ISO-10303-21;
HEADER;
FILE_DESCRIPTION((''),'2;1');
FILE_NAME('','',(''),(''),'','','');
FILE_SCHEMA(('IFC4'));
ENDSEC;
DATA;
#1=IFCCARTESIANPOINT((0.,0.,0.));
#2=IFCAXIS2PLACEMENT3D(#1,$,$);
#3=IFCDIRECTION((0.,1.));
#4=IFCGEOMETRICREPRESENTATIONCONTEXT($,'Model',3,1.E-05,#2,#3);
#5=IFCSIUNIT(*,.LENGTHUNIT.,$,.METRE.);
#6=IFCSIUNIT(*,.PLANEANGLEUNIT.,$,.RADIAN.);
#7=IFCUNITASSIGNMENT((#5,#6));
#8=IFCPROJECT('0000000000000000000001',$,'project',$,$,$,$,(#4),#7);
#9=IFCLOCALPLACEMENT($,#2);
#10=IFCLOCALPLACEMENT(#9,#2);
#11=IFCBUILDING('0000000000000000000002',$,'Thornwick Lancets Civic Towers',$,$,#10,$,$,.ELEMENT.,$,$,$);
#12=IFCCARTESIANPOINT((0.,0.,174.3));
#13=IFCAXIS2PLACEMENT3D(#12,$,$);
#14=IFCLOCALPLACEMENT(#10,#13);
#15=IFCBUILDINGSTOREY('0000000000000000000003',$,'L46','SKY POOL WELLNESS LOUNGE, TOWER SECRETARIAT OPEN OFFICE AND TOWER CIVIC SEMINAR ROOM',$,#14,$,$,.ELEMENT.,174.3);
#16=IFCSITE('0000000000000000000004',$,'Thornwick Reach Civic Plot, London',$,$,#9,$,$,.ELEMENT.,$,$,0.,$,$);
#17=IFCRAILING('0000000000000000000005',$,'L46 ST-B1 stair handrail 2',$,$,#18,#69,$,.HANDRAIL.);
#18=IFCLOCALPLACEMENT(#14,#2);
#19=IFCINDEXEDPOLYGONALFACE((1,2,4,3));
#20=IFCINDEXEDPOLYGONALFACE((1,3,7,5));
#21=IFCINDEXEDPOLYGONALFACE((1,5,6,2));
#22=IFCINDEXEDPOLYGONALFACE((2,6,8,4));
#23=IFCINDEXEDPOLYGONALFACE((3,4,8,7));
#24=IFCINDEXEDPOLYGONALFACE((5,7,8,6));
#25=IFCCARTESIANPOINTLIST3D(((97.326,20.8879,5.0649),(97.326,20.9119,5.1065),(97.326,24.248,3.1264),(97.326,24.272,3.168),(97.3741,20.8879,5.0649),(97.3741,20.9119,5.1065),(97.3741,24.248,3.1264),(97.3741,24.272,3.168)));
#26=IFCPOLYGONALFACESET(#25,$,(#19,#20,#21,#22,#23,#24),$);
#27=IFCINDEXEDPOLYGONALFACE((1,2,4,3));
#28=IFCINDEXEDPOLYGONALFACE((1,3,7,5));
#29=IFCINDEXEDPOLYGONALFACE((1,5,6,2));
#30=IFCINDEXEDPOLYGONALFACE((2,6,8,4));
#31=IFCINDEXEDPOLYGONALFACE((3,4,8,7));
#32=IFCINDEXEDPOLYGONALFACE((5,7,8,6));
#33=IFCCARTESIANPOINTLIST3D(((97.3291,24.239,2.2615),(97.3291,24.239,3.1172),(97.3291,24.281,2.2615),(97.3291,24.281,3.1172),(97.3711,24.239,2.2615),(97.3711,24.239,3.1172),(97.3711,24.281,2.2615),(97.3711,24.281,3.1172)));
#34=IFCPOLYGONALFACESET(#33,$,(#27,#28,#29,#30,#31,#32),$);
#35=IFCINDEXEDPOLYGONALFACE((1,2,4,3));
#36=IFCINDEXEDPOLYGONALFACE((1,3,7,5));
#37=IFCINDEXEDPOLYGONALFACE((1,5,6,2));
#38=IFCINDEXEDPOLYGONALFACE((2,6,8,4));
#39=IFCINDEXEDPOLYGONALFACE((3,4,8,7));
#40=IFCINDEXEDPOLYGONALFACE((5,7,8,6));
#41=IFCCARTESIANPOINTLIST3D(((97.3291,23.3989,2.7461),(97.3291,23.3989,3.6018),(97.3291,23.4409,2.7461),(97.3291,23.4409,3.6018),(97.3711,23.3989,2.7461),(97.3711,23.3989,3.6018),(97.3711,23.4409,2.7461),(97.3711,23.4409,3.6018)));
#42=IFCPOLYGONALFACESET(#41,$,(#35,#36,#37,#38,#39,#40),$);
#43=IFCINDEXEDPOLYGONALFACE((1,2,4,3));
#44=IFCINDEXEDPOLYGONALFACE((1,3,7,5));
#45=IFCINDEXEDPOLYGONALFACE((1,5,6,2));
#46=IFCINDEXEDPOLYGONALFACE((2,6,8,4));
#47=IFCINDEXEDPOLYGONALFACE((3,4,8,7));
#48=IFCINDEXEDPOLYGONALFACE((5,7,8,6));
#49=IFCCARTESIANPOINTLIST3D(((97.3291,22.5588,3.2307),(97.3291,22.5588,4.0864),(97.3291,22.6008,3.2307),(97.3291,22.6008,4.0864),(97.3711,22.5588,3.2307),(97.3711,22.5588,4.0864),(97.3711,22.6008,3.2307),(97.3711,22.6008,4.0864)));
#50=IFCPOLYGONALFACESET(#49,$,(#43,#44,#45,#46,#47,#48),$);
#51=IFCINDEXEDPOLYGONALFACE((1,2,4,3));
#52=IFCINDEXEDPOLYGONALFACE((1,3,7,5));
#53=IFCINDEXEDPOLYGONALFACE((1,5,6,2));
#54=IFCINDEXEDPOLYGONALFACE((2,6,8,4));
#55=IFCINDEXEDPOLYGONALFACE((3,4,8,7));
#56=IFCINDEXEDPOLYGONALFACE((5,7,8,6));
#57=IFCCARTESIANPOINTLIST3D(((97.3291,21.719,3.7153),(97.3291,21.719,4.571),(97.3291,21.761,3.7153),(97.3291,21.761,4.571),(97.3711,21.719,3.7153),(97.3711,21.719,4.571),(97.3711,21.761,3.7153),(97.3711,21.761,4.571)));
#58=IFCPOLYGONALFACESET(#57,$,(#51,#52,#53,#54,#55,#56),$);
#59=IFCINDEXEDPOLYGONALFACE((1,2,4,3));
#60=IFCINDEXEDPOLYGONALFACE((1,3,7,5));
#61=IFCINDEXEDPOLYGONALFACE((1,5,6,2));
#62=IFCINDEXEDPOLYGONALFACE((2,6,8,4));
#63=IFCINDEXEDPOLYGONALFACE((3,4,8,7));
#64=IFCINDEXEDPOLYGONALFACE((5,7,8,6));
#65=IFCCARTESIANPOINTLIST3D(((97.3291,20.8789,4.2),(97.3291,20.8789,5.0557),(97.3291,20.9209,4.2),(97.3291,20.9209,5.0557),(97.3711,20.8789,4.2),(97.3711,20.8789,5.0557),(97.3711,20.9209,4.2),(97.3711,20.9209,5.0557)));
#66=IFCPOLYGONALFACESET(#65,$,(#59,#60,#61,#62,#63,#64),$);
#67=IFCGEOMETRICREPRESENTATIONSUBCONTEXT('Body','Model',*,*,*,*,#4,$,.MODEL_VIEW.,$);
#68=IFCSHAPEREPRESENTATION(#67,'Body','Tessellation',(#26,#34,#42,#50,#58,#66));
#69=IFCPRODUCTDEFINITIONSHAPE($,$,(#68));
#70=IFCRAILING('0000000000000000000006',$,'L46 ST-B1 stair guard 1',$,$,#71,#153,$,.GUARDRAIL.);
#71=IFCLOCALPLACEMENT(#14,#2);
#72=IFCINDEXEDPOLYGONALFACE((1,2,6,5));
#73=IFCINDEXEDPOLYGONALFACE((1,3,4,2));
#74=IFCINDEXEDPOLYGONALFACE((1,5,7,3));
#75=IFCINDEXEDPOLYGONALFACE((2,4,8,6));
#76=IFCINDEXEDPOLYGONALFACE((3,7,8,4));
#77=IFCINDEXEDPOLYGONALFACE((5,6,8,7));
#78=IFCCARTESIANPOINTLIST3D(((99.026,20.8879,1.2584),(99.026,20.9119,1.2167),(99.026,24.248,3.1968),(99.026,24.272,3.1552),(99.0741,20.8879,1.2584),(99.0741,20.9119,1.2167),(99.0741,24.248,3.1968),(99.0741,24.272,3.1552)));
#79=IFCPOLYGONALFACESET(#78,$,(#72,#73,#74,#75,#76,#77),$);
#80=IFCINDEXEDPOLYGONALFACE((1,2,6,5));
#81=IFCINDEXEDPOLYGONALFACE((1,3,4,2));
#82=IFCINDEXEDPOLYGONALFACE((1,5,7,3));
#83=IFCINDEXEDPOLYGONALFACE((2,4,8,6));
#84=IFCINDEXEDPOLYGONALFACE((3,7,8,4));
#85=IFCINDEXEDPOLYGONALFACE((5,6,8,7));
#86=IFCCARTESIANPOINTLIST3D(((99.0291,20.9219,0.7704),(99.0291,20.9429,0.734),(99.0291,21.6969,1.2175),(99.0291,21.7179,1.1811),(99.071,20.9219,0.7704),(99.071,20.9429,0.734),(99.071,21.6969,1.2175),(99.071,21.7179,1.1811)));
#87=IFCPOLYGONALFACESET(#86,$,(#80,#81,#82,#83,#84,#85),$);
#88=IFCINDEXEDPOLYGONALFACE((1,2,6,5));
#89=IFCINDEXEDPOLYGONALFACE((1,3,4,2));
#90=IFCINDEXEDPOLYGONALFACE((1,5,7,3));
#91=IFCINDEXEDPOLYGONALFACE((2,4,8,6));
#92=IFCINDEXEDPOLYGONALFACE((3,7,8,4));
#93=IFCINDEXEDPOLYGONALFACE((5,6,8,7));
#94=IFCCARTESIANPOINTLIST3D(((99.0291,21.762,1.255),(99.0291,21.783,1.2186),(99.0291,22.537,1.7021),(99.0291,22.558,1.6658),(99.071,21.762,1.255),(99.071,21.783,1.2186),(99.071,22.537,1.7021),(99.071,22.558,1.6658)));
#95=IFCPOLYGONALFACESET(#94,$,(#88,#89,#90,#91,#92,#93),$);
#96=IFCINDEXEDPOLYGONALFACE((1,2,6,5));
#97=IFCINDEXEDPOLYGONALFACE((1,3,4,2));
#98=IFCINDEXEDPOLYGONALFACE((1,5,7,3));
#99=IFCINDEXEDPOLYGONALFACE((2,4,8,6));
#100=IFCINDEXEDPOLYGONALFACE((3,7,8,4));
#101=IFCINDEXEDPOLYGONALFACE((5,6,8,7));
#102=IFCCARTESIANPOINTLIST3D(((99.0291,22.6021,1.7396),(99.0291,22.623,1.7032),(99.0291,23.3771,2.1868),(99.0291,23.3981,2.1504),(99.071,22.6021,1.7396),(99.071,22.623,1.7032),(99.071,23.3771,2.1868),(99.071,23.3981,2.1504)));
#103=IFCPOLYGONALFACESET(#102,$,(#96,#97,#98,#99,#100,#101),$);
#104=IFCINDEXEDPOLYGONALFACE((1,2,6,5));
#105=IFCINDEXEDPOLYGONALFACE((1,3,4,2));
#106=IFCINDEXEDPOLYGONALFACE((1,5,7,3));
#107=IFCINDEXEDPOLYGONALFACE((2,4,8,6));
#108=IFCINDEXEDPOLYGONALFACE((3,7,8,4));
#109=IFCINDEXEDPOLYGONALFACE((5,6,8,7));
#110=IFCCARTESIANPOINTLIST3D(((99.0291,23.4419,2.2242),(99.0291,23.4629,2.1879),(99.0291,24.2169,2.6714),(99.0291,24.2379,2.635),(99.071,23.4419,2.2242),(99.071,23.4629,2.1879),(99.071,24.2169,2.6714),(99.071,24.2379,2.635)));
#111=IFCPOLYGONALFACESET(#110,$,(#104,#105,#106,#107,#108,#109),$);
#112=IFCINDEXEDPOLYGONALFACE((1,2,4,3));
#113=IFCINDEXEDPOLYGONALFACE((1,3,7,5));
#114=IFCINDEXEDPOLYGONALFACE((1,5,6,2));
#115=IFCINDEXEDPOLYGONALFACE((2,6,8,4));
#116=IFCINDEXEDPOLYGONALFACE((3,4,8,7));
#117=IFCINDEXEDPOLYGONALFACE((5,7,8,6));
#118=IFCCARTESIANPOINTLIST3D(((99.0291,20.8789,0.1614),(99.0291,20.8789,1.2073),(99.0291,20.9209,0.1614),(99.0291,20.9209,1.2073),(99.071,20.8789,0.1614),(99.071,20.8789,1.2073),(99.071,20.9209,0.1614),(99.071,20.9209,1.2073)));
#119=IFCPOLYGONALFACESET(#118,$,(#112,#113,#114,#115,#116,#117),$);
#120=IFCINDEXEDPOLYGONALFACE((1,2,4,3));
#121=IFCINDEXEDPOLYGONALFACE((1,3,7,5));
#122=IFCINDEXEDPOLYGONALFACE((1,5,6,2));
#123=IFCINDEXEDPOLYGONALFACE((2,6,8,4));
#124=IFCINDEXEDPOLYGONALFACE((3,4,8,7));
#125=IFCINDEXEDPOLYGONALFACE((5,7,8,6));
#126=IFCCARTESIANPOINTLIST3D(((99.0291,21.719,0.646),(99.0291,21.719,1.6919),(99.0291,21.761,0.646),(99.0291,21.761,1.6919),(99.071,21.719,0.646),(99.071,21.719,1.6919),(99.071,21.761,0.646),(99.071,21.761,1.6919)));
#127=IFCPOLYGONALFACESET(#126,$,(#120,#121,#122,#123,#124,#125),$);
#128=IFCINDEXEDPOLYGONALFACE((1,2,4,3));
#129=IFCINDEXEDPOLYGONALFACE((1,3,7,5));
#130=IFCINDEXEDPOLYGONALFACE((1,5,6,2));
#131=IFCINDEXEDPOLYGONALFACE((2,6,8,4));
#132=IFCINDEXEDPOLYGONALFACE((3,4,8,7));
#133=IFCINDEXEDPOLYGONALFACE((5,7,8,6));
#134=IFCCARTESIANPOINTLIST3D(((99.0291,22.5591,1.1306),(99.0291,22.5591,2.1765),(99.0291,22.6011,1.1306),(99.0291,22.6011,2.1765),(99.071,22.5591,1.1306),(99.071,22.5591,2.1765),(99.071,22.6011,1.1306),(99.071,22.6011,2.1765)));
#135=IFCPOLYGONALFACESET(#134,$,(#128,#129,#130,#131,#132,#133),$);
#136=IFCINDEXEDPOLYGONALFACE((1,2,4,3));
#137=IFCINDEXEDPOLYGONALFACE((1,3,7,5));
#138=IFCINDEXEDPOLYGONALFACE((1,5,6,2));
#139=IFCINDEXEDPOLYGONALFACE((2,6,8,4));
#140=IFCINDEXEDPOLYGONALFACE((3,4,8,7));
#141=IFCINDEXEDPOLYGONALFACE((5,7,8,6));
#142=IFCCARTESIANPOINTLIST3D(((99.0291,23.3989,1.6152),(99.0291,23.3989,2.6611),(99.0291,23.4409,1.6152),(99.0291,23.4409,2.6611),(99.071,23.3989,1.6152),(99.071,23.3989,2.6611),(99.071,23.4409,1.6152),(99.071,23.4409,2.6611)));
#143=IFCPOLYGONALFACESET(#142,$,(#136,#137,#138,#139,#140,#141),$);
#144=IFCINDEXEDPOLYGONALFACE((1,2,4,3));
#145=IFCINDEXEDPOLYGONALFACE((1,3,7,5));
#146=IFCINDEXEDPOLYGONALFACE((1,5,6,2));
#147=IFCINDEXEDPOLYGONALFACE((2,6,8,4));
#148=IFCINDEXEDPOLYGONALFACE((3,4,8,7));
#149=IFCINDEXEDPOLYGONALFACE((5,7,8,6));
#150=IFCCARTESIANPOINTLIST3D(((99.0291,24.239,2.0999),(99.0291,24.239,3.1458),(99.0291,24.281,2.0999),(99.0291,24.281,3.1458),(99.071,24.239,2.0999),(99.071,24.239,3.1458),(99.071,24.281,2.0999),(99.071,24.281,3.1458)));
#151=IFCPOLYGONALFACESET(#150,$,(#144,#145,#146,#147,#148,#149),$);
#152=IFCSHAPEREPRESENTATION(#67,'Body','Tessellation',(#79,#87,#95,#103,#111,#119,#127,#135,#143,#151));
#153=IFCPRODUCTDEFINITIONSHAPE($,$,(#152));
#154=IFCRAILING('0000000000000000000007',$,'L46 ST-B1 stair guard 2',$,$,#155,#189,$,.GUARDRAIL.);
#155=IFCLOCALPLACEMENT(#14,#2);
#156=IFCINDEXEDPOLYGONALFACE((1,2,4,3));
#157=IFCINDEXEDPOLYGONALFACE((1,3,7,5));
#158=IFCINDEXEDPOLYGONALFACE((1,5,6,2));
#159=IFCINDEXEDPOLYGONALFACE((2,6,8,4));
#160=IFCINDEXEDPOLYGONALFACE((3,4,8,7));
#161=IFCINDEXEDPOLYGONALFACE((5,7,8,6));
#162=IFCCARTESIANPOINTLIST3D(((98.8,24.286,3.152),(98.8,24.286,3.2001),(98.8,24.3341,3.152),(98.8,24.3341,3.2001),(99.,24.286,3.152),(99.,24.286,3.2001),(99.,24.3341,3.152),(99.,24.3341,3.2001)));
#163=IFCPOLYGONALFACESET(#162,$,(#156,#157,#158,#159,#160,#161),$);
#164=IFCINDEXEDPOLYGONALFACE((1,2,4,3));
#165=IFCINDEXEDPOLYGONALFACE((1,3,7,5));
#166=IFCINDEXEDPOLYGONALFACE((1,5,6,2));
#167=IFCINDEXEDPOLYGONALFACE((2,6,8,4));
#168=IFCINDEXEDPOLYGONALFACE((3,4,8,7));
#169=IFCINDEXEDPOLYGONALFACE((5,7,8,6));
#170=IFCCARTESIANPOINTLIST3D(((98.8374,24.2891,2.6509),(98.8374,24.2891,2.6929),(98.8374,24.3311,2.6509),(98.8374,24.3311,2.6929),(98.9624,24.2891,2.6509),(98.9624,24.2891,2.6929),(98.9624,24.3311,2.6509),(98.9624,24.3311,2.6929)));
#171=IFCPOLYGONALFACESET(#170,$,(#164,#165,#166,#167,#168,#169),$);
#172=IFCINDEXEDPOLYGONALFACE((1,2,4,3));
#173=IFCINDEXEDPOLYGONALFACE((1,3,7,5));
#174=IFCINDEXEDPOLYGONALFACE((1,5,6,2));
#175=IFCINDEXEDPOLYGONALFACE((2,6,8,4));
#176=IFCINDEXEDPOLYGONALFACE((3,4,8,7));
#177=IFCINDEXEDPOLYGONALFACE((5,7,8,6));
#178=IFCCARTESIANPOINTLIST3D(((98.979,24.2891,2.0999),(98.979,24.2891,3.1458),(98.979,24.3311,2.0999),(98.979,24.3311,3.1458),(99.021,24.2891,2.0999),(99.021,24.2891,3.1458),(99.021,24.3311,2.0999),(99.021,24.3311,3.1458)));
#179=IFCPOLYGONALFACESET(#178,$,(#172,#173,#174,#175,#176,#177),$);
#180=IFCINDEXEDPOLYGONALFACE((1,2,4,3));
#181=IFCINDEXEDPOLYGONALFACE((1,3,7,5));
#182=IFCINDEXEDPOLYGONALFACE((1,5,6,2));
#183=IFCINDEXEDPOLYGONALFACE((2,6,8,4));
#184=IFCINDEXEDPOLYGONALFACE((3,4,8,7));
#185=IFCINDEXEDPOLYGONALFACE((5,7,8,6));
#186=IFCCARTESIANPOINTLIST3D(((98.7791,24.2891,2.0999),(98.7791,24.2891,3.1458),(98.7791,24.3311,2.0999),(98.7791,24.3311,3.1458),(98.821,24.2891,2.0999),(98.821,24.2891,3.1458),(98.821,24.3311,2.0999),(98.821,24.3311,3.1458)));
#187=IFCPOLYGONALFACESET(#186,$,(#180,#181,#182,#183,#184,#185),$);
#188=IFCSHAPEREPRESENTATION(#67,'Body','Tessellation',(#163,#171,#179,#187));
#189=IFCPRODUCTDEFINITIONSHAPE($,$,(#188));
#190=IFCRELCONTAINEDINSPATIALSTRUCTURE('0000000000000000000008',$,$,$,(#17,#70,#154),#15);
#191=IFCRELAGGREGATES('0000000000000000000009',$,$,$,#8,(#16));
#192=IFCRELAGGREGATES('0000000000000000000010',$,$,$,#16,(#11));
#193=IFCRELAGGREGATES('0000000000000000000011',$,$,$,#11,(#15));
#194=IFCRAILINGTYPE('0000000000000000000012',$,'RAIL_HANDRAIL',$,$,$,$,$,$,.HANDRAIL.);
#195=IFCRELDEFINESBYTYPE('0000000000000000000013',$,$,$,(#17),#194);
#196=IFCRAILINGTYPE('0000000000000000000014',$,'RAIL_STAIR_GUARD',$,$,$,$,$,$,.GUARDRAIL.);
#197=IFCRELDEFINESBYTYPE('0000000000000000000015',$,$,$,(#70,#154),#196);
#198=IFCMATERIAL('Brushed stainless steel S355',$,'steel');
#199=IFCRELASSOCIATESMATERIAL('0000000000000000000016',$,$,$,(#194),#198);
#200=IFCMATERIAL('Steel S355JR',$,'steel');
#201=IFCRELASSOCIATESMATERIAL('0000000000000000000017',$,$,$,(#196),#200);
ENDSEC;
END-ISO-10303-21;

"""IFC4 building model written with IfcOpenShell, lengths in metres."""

from ifc_helpers import new_model, si_unit, direction, frame, origin, origin_2d, place, context, subcontext, project, spatial, rectangle, extrude, material, type_object, element, save


model = new_model("IFC4")

# Units and contexts
model_context = context("Model", 3, precision=1e-05, world=origin(), true_north=direction((0.0, 1.0)))
body_context = subcontext(model_context, "Body", "Model", "MODEL_VIEW")
ifc_project = project(units=[si_unit("LENGTHUNIT", "METRE"), si_unit("PLANEANGLEUNIT", "RADIAN")], contexts=[model_context])

# Site, building, storey
site_placement = place(None, origin())
site = spatial("IfcSite", under=ifc_project, at=site_placement, Name="Thornwick Reach Civic Plot, London", CompositionType="ELEMENT", RefElevation=0.0)
building_placement = place(site_placement, origin())
building = spatial("IfcBuilding", under=site, at=building_placement, Name="Thornwick Lancets Civic Towers", CompositionType="ELEMENT")
storey_placement = place(building_placement, frame((0.0, 0.0, 174.3)))
storey = spatial("IfcBuildingStorey", under=building, at=storey_placement, Name="L46", Description="SKY POOL WELLNESS LOUNGE, TOWER SECRETARIAT OPEN OFFICE AND TOWER CIVIC SEMINAR ROOM", CompositionType="ELEMENT", Elevation=174.3)

# Shared definitions
ifc_material_1 = material(Name="Steel S355JR", Category="steel")

# Railings
ifc_material_2 = material(Name="Brushed stainless steel S355", Category="steel")
railing_type_1 = type_object("IfcRailingType", Name="RAIL_HANDRAIL", PredefinedType="HANDRAIL", material=ifc_material_2)
railing_1_placement = place(storey_placement, frame((97.3501, 24.26, 2.2615)))
element("IfcRailing", 1, at=railing_1_placement, inside=storey, type_object=railing_type_1, Name="L46 ST-B1 stair handrail 2", PredefinedType="HANDRAIL", context=body_context, shape_type="SweptSolid", body=[
    extrude(rectangle(XDim=0.0481, YDim=0.0481, at=origin_2d()), frame((0.0, 0.0, 0.8857), z_axis=(0.0, -0.866191, 0.499713), x_axis=(1.0, 0.0, 0.0)), (0.0, 0.0, 1.0), 3.8792),
    extrude(rectangle(XDim=0.042, YDim=0.042, at=origin_2d()), origin(), (0.0, 0.0, 1.0), 0.8557),
    extrude(rectangle(XDim=0.042, YDim=0.042, at=origin_2d()), frame((0.0, -0.8401, 0.4846)), (0.0, 0.0, 1.0), 0.8557),
    extrude(rectangle(XDim=0.042, YDim=0.042, at=origin_2d()), frame((0.0, -1.6802, 0.9692)), (0.0, 0.0, 1.0), 0.8557),
    extrude(rectangle(XDim=0.042, YDim=0.042, at=origin_2d()), frame((0.0, -2.52, 1.4539)), (0.0, 0.0, 1.0), 0.8557),
    extrude(rectangle(XDim=0.042, YDim=0.042, at=origin_2d()), frame((0.0, -3.3601, 1.9385)), (0.0, 0.0, 1.0), 0.8557),
])
railing_type_2 = type_object("IfcRailingType", Name="RAIL_STAIR_GUARD", PredefinedType="GUARDRAIL", material=ifc_material_1)
railing_2_placement = place(storey_placement, frame((99.05, 20.8999, 0.1614)))
element("IfcRailing", 2, at=railing_2_placement, inside=storey, type_object=railing_type_2, Name="L46 ST-B1 stair guard 1", PredefinedType="GUARDRAIL", context=body_context, shape_type="SweptSolid", body=[
    extrude(rectangle(XDim=0.0481, YDim=0.0481, at=origin_2d()), frame((0.0, 0.0, 1.0762), z_axis=(0.0, 0.866191, 0.499713), x_axis=(-1.0, 0.0, 0.0)), (0.0, 0.0, 1.0), 3.8792),
    extrude(rectangle(XDim=0.042, YDim=0.042, at=origin_2d()), frame((0.0, 0.0325, 0.5908), z_axis=(0.0, 0.866191, 0.499713), x_axis=(-1.0, 0.0, 0.0)), (0.0, 0.0, 1.0), 0.8948),
    extrude(rectangle(XDim=0.042, YDim=0.042, at=origin_2d()), frame((0.0, 0.8726, 1.0754), z_axis=(0.0, 0.866191, 0.499713), x_axis=(-1.0, 0.0, 0.0)), (0.0, 0.0, 1.0), 0.8948),
    extrude(rectangle(XDim=0.042, YDim=0.042, at=origin_2d()), frame((0.0, 1.7126, 1.5601), z_axis=(0.0, 0.866191, 0.499713), x_axis=(-1.0, 0.0, 0.0)), (0.0, 0.0, 1.0), 0.8948),
    extrude(rectangle(XDim=0.042, YDim=0.042, at=origin_2d()), frame((0.0, 2.5525, 2.0447), z_axis=(0.0, 0.866191, 0.499713), x_axis=(-1.0, 0.0, 0.0)), (0.0, 0.0, 1.0), 0.8948),
    extrude(rectangle(XDim=0.042, YDim=0.042, at=origin_2d()), origin(), (0.0, 0.0, 1.0), 1.0459),
    extrude(rectangle(XDim=0.042, YDim=0.042, at=origin_2d()), frame((0.0, 0.8401, 0.4846)), (0.0, 0.0, 1.0), 1.0459),
    extrude(rectangle(XDim=0.042, YDim=0.042, at=origin_2d()), frame((0.0, 1.6802, 0.9692)), (0.0, 0.0, 1.0), 1.0459),
    extrude(rectangle(XDim=0.042, YDim=0.042, at=origin_2d()), frame((0.0, 2.52, 1.4539)), (0.0, 0.0, 1.0), 1.0459),
    extrude(rectangle(XDim=0.042, YDim=0.042, at=origin_2d()), frame((0.0, 3.3601, 1.9385)), (0.0, 0.0, 1.0), 1.0459),
])
railing_3_placement = place(storey_placement, frame((99.0, 24.3101, 2.0999)))
element("IfcRailing", 3, at=railing_3_placement, inside=storey, type_object=railing_type_2, Name="L46 ST-B1 stair guard 2", PredefinedType="GUARDRAIL", context=body_context, shape_type="SweptSolid", body=[
    extrude(rectangle(XDim=0.0481, YDim=0.0481, at=origin_2d()), frame((0.0, 0.0, 1.0762), z_axis=(-1.0, 0.0, 0.0), x_axis=(0.0, -1.0, 0.0)), (0.0, 0.0, 1.0), 0.2),
    extrude(rectangle(XDim=0.042, YDim=0.042, at=origin_2d()), frame((-0.0376, 0.0, 0.572), z_axis=(-1.0, 0.0, 0.0), x_axis=(0.0, -1.0, 0.0)), (0.0, 0.0, 1.0), 0.125),
    extrude(rectangle(XDim=0.042, YDim=0.042, at=origin_2d()), origin(), (0.0, 0.0, 1.0), 1.0459),
    extrude(rectangle(XDim=0.042, YDim=0.042, at=origin_2d()), frame((-0.2, 0.0, 0.0)), (0.0, 0.0, 1.0), 1.0459),
])

save(model, "model.ifc")
